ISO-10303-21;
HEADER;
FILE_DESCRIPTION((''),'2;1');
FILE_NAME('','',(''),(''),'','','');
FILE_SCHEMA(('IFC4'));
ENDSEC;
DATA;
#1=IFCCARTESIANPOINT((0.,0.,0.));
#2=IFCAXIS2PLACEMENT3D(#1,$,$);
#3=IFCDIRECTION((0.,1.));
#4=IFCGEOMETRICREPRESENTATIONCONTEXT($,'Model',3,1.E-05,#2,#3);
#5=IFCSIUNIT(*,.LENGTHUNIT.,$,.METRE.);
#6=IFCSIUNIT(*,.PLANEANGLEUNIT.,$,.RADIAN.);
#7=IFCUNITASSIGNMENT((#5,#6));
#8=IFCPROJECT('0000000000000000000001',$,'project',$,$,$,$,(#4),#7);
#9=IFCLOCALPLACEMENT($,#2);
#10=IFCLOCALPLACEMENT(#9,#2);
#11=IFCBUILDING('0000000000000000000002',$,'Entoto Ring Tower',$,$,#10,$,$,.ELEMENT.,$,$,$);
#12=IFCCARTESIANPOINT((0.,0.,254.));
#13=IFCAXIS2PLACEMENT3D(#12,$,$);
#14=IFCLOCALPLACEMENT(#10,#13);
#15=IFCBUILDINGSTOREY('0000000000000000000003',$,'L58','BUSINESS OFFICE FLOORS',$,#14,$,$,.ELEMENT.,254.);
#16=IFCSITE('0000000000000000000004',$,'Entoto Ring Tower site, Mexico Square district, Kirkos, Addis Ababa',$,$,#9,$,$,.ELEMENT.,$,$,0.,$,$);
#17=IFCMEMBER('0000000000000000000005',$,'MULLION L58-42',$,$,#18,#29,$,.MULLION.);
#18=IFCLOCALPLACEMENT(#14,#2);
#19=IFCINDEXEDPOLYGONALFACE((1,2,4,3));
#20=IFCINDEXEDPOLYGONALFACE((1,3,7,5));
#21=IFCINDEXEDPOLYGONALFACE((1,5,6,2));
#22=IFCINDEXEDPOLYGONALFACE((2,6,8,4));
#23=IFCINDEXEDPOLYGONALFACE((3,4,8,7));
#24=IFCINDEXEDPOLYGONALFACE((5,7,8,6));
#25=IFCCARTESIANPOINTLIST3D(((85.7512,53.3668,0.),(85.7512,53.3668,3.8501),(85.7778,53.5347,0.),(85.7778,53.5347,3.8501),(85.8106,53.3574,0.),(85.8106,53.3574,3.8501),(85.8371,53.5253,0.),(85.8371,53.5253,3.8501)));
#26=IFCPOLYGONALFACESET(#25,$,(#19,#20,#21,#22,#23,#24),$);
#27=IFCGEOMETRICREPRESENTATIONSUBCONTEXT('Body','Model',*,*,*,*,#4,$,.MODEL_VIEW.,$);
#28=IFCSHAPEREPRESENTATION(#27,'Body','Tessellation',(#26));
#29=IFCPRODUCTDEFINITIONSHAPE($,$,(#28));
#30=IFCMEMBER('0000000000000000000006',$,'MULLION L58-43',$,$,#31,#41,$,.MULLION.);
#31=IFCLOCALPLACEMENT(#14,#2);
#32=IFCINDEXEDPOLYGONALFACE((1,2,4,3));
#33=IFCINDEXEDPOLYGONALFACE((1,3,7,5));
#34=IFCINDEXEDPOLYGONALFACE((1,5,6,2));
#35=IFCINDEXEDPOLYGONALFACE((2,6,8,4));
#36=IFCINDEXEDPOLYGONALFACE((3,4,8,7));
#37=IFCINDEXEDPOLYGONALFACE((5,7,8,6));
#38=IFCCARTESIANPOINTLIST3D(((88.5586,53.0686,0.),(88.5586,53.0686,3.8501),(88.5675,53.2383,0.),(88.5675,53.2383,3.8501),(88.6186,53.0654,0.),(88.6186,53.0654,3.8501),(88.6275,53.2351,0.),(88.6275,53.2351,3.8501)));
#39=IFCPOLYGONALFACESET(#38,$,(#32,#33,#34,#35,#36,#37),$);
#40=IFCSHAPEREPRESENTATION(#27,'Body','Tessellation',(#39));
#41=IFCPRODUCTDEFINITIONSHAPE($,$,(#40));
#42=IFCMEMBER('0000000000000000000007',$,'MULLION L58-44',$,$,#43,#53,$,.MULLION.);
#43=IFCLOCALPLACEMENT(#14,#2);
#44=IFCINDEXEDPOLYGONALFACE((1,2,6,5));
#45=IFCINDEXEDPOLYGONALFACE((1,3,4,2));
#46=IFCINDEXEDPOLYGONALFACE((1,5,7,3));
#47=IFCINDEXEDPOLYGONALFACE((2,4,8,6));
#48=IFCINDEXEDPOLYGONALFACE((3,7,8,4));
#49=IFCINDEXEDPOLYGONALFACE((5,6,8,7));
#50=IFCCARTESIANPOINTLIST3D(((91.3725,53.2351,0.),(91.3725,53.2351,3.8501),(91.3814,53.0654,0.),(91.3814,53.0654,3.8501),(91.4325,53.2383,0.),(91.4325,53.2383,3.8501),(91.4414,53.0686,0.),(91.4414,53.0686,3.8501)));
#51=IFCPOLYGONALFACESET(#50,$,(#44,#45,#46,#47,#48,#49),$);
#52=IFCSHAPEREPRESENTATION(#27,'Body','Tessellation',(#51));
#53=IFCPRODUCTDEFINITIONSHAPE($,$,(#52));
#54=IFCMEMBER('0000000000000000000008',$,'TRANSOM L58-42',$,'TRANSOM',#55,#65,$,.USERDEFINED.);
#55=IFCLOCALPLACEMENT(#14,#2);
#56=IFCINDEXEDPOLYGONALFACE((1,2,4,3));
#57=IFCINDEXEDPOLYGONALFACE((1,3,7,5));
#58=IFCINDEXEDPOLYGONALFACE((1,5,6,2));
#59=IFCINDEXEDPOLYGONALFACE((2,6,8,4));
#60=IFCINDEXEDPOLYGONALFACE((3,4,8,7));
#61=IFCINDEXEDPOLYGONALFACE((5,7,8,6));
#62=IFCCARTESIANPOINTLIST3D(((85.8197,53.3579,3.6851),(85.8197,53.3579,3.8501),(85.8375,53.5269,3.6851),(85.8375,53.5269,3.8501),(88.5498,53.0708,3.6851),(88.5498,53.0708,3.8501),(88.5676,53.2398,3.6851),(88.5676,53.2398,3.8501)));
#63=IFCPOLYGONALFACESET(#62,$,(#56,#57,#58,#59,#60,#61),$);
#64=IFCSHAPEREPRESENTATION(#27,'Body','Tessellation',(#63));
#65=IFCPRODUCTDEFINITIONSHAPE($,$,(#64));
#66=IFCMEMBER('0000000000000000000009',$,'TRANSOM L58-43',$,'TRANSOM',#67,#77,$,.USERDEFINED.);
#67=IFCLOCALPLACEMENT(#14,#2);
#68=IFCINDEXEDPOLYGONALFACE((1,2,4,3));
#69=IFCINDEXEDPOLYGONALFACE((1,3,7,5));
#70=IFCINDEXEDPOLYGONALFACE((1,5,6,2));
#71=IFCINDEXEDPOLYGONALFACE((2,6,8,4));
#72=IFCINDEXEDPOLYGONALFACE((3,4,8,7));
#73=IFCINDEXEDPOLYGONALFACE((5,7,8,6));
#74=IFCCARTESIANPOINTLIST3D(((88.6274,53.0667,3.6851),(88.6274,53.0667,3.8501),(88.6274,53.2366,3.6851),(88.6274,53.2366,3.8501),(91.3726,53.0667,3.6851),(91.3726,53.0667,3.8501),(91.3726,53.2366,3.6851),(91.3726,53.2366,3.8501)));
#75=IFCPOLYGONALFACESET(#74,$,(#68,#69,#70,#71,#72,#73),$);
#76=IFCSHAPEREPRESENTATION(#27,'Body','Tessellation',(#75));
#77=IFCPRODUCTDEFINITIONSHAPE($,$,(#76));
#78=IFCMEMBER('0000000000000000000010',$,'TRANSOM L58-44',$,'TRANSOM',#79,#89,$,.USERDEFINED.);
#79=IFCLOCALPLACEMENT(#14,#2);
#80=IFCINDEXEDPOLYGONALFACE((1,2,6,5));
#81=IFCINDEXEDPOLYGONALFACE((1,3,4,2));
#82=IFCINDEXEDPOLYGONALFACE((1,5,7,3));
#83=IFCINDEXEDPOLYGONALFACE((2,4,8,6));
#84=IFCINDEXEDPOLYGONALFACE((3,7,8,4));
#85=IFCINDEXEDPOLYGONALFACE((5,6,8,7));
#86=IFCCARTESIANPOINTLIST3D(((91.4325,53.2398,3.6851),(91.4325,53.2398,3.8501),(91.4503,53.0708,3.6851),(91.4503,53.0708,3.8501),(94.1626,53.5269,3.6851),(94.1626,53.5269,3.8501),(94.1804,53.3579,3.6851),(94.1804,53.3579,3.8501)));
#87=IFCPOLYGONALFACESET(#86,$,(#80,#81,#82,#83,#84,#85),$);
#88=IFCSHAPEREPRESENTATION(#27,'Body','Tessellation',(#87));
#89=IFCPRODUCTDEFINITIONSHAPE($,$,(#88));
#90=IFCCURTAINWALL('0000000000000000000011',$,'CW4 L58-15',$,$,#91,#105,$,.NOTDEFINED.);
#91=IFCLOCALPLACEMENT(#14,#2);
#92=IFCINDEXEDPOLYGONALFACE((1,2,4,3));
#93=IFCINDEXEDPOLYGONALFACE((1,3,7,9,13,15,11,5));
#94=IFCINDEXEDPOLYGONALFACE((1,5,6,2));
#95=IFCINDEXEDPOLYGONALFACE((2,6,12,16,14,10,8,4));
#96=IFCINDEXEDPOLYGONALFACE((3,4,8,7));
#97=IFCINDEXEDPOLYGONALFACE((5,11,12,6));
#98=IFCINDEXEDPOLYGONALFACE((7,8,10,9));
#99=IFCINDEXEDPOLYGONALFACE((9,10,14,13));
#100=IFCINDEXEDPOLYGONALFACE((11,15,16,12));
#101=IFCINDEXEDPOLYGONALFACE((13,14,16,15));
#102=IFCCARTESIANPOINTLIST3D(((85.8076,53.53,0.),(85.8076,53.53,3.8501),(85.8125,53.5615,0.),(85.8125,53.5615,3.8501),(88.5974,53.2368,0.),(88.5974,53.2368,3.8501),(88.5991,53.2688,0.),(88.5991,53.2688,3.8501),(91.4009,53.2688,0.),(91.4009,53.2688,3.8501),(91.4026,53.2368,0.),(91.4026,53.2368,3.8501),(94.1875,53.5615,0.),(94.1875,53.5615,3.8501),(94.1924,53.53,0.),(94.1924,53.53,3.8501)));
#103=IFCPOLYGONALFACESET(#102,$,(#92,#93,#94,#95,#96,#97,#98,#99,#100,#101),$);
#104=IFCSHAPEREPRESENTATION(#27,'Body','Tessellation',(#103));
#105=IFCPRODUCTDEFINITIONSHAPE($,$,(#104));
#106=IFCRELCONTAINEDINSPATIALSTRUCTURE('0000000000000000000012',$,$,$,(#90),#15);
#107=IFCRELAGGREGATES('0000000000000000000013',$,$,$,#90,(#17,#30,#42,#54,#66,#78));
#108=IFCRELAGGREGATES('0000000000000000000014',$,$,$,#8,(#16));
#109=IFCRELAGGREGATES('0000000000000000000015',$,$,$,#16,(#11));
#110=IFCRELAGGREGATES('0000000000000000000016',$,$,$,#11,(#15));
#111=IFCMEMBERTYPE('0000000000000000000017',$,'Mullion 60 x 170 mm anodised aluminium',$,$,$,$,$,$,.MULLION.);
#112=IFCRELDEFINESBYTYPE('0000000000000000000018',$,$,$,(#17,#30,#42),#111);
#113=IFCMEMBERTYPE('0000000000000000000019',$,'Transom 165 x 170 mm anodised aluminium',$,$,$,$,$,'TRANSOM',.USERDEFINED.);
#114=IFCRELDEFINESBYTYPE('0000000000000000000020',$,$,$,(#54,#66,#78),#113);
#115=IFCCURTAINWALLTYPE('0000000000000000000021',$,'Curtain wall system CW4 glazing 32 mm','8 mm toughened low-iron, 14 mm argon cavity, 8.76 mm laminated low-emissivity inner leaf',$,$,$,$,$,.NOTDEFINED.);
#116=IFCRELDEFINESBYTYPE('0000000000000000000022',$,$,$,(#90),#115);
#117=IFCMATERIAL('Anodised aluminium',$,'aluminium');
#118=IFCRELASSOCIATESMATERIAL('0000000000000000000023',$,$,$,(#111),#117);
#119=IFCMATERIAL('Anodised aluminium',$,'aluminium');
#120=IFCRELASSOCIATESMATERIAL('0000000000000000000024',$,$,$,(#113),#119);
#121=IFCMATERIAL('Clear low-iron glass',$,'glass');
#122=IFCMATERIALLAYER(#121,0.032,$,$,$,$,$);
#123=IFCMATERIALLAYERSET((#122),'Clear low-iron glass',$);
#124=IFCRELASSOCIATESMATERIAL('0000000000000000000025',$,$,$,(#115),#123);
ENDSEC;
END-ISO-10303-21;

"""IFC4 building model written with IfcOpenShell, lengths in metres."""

from ifc_helpers import new_model, si_unit, direction, frame, origin, origin_2d, place, context, subcontext, project, spatial, polyline, rectangle, outline, extrude, material, layer, layer_set, material_profile, profile_set, type_object, element, aggregate, save


model = new_model("IFC4")

# Units and contexts
model_context = context("Model", 3, precision=1e-05, world=origin(), true_north=direction((0.0, 1.0)))
body_context = subcontext(model_context, "Body", "Model", "MODEL_VIEW")
ifc_project = project(units=[si_unit("LENGTHUNIT", "METRE"), si_unit("PLANEANGLEUNIT", "RADIAN")], contexts=[model_context])

# Members
ifc_material_1 = material(Name="Anodised aluminium", Category="aluminium")
ifc_material_profile_1 = material_profile(ifc_material_1, rectangle(XDim=0.0601, YDim=0.1699, at=origin_2d()), Name="Mullion 60 x 170 mm anodised aluminium")
ifc_profile_set_1 = profile_set([ifc_material_profile_1], Name="Anodised aluminium")
member_type_1 = type_object("IfcMemberType", Name="Mullion 60 x 170 mm anodised aluminium", PredefinedType="MULLION", material=ifc_profile_set_1)
site_placement = place(None, origin())
building_placement = place(site_placement, origin())
storey_placement = place(building_placement, frame((0.0, 0.0, 254.0)))
member_1_placement = place(storey_placement, frame((85.7942, 53.446, 0.0), z_axis=(0.0, 0.0, 1.0), x_axis=(0.987688, -0.156434, 0.0)))
member_1 = element("IfcMember", 1, at=member_1_placement, type_object=member_type_1, Name="MULLION L58-42", PredefinedType="MULLION", context=body_context, shape_type="SweptSolid", body=[
    extrude(rectangle(XDim=0.0601, YDim=0.1699, at=origin_2d()), origin(), (0.0, 0.0, 1.0), 3.8501),
])
member_2_placement = place(storey_placement, frame((88.593, 53.1519, 0.0), z_axis=(0.0, 0.0, 1.0), x_axis=(0.99863, -0.052336, 0.0)))
member_2 = element("IfcMember", 2, at=member_2_placement, type_object=member_type_1, Name="MULLION L58-43", PredefinedType="MULLION", context=body_context, shape_type="SweptSolid", body=[
    extrude(rectangle(XDim=0.0601, YDim=0.1699, at=origin_2d()), origin(), (0.0, 0.0, 1.0), 3.8501),
])
member_3_placement = place(storey_placement, frame((91.407, 53.1519, 0.0), z_axis=(0.0, 0.0, 1.0), x_axis=(0.99863, 0.052336, 0.0)))
member_3 = element("IfcMember", 3, at=member_3_placement, type_object=member_type_1, Name="MULLION L58-44", PredefinedType="MULLION", context=body_context, shape_type="SweptSolid", body=[
    extrude(rectangle(XDim=0.0601, YDim=0.1699, at=origin_2d()), origin(), (0.0, 0.0, 1.0), 3.8501),
])
ifc_material_2 = material(Name="Anodised aluminium", Category="aluminium")
ifc_material_profile_2 = material_profile(ifc_material_2, rectangle(XDim=0.1699, YDim=0.165, at=origin_2d()), Name="Transom 165 x 170 mm anodised aluminium")
ifc_profile_set_2 = profile_set([ifc_material_profile_2], Name="Anodised aluminium")
member_type_2 = type_object("IfcMemberType", Name="Transom 165 x 170 mm anodised aluminium", ElementType="TRANSOM", PredefinedType="USERDEFINED", material=ifc_profile_set_2)
member_4_placement = place(storey_placement, frame((85.8286, 53.4424, 3.7676), z_axis=(0.994515, -0.104592, 0.0), x_axis=(0.104592, 0.994515, 0.0)))
member_4 = element("IfcMember", 4, at=member_4_placement, type_object=member_type_2, Name="TRANSOM L58-42", ObjectType="TRANSOM", PredefinedType="USERDEFINED", context=body_context, shape_type="SweptSolid", body=[
    extrude(rectangle(XDim=0.1699, YDim=0.165, at=origin_2d()), origin(), (0.0, 0.0, 1.0), 2.7451),
])
member_5_placement = place(storey_placement, frame((88.6274, 53.1516, 3.7676), z_axis=(1.0, 0.0, 0.0), x_axis=(0.0, 1.0, 0.0)))
member_5 = element("IfcMember", 5, at=member_5_placement, type_object=member_type_2, Name="TRANSOM L58-43", ObjectType="TRANSOM", PredefinedType="USERDEFINED", context=body_context, shape_type="SweptSolid", body=[
    extrude(rectangle(XDim=0.1699, YDim=0.165, at=origin_2d()), origin(), (0.0, 0.0, 1.0), 2.7451),
])
member_6_placement = place(storey_placement, frame((91.4414, 53.1553, 3.7676), z_axis=(0.994515, 0.104592, 0.0), x_axis=(-0.104592, 0.994515, 0.0)))
member_6 = element("IfcMember", 6, at=member_6_placement, type_object=member_type_2, Name="TRANSOM L58-44", ObjectType="TRANSOM", PredefinedType="USERDEFINED", context=body_context, shape_type="SweptSolid", body=[
    extrude(rectangle(XDim=0.1699, YDim=0.165, at=origin_2d()), origin(), (0.0, 0.0, 1.0), 2.7451),
])

# Site, building, storey
site = spatial("IfcSite", under=ifc_project, at=site_placement, Name="Entoto Ring Tower site, Mexico Square district, Kirkos, Addis Ababa", CompositionType="ELEMENT", RefElevation=0.0)
building = spatial("IfcBuilding", under=site, at=building_placement, Name="Entoto Ring Tower", CompositionType="ELEMENT")
storey = spatial("IfcBuildingStorey", under=building, at=storey_placement, Name="L58", Description="BUSINESS OFFICE FLOORS", CompositionType="ELEMENT", Elevation=254.0)

# Curtain wall
ifc_material_3 = material(Name="Clear low-iron glass", Category="glass")
ifc_layer = layer(ifc_material_3, 0.032)
ifc_layer_set = layer_set([ifc_layer], Name="Clear low-iron glass")
curtain_wall_type = type_object("IfcCurtainWallType", Name="Curtain wall system CW4 glazing 32 mm", Description="8 mm toughened low-iron, 14 mm argon cavity, 8.76 mm laminated low-emissivity inner leaf", PredefinedType="NOTDEFINED", material=ifc_layer_set)
curtain_wall_1_placement = place(storey_placement, origin())
curtain_wall_1 = element("IfcCurtainWall", 7, at=curtain_wall_1_placement, inside=storey, type_object=curtain_wall_type, Name="CW4 L58-15", PredefinedType="NOTDEFINED", context=body_context, shape_type="SweptSolid", body=[
    extrude(outline(polyline([(85.8076, 53.53), (88.5974, 53.2368), (91.4026, 53.2368), (94.1924, 53.53), (94.1875, 53.5615), (91.4009, 53.2688), (88.5991, 53.2688), (85.8125, 53.5615), (85.8076, 53.53)])), origin(), (0.0, 0.0, 1.0), 3.8501),
])
aggregate(curtain_wall_1, [member_1, member_2, member_3, member_4, member_5, member_6])

save(model, "model.ifc")
